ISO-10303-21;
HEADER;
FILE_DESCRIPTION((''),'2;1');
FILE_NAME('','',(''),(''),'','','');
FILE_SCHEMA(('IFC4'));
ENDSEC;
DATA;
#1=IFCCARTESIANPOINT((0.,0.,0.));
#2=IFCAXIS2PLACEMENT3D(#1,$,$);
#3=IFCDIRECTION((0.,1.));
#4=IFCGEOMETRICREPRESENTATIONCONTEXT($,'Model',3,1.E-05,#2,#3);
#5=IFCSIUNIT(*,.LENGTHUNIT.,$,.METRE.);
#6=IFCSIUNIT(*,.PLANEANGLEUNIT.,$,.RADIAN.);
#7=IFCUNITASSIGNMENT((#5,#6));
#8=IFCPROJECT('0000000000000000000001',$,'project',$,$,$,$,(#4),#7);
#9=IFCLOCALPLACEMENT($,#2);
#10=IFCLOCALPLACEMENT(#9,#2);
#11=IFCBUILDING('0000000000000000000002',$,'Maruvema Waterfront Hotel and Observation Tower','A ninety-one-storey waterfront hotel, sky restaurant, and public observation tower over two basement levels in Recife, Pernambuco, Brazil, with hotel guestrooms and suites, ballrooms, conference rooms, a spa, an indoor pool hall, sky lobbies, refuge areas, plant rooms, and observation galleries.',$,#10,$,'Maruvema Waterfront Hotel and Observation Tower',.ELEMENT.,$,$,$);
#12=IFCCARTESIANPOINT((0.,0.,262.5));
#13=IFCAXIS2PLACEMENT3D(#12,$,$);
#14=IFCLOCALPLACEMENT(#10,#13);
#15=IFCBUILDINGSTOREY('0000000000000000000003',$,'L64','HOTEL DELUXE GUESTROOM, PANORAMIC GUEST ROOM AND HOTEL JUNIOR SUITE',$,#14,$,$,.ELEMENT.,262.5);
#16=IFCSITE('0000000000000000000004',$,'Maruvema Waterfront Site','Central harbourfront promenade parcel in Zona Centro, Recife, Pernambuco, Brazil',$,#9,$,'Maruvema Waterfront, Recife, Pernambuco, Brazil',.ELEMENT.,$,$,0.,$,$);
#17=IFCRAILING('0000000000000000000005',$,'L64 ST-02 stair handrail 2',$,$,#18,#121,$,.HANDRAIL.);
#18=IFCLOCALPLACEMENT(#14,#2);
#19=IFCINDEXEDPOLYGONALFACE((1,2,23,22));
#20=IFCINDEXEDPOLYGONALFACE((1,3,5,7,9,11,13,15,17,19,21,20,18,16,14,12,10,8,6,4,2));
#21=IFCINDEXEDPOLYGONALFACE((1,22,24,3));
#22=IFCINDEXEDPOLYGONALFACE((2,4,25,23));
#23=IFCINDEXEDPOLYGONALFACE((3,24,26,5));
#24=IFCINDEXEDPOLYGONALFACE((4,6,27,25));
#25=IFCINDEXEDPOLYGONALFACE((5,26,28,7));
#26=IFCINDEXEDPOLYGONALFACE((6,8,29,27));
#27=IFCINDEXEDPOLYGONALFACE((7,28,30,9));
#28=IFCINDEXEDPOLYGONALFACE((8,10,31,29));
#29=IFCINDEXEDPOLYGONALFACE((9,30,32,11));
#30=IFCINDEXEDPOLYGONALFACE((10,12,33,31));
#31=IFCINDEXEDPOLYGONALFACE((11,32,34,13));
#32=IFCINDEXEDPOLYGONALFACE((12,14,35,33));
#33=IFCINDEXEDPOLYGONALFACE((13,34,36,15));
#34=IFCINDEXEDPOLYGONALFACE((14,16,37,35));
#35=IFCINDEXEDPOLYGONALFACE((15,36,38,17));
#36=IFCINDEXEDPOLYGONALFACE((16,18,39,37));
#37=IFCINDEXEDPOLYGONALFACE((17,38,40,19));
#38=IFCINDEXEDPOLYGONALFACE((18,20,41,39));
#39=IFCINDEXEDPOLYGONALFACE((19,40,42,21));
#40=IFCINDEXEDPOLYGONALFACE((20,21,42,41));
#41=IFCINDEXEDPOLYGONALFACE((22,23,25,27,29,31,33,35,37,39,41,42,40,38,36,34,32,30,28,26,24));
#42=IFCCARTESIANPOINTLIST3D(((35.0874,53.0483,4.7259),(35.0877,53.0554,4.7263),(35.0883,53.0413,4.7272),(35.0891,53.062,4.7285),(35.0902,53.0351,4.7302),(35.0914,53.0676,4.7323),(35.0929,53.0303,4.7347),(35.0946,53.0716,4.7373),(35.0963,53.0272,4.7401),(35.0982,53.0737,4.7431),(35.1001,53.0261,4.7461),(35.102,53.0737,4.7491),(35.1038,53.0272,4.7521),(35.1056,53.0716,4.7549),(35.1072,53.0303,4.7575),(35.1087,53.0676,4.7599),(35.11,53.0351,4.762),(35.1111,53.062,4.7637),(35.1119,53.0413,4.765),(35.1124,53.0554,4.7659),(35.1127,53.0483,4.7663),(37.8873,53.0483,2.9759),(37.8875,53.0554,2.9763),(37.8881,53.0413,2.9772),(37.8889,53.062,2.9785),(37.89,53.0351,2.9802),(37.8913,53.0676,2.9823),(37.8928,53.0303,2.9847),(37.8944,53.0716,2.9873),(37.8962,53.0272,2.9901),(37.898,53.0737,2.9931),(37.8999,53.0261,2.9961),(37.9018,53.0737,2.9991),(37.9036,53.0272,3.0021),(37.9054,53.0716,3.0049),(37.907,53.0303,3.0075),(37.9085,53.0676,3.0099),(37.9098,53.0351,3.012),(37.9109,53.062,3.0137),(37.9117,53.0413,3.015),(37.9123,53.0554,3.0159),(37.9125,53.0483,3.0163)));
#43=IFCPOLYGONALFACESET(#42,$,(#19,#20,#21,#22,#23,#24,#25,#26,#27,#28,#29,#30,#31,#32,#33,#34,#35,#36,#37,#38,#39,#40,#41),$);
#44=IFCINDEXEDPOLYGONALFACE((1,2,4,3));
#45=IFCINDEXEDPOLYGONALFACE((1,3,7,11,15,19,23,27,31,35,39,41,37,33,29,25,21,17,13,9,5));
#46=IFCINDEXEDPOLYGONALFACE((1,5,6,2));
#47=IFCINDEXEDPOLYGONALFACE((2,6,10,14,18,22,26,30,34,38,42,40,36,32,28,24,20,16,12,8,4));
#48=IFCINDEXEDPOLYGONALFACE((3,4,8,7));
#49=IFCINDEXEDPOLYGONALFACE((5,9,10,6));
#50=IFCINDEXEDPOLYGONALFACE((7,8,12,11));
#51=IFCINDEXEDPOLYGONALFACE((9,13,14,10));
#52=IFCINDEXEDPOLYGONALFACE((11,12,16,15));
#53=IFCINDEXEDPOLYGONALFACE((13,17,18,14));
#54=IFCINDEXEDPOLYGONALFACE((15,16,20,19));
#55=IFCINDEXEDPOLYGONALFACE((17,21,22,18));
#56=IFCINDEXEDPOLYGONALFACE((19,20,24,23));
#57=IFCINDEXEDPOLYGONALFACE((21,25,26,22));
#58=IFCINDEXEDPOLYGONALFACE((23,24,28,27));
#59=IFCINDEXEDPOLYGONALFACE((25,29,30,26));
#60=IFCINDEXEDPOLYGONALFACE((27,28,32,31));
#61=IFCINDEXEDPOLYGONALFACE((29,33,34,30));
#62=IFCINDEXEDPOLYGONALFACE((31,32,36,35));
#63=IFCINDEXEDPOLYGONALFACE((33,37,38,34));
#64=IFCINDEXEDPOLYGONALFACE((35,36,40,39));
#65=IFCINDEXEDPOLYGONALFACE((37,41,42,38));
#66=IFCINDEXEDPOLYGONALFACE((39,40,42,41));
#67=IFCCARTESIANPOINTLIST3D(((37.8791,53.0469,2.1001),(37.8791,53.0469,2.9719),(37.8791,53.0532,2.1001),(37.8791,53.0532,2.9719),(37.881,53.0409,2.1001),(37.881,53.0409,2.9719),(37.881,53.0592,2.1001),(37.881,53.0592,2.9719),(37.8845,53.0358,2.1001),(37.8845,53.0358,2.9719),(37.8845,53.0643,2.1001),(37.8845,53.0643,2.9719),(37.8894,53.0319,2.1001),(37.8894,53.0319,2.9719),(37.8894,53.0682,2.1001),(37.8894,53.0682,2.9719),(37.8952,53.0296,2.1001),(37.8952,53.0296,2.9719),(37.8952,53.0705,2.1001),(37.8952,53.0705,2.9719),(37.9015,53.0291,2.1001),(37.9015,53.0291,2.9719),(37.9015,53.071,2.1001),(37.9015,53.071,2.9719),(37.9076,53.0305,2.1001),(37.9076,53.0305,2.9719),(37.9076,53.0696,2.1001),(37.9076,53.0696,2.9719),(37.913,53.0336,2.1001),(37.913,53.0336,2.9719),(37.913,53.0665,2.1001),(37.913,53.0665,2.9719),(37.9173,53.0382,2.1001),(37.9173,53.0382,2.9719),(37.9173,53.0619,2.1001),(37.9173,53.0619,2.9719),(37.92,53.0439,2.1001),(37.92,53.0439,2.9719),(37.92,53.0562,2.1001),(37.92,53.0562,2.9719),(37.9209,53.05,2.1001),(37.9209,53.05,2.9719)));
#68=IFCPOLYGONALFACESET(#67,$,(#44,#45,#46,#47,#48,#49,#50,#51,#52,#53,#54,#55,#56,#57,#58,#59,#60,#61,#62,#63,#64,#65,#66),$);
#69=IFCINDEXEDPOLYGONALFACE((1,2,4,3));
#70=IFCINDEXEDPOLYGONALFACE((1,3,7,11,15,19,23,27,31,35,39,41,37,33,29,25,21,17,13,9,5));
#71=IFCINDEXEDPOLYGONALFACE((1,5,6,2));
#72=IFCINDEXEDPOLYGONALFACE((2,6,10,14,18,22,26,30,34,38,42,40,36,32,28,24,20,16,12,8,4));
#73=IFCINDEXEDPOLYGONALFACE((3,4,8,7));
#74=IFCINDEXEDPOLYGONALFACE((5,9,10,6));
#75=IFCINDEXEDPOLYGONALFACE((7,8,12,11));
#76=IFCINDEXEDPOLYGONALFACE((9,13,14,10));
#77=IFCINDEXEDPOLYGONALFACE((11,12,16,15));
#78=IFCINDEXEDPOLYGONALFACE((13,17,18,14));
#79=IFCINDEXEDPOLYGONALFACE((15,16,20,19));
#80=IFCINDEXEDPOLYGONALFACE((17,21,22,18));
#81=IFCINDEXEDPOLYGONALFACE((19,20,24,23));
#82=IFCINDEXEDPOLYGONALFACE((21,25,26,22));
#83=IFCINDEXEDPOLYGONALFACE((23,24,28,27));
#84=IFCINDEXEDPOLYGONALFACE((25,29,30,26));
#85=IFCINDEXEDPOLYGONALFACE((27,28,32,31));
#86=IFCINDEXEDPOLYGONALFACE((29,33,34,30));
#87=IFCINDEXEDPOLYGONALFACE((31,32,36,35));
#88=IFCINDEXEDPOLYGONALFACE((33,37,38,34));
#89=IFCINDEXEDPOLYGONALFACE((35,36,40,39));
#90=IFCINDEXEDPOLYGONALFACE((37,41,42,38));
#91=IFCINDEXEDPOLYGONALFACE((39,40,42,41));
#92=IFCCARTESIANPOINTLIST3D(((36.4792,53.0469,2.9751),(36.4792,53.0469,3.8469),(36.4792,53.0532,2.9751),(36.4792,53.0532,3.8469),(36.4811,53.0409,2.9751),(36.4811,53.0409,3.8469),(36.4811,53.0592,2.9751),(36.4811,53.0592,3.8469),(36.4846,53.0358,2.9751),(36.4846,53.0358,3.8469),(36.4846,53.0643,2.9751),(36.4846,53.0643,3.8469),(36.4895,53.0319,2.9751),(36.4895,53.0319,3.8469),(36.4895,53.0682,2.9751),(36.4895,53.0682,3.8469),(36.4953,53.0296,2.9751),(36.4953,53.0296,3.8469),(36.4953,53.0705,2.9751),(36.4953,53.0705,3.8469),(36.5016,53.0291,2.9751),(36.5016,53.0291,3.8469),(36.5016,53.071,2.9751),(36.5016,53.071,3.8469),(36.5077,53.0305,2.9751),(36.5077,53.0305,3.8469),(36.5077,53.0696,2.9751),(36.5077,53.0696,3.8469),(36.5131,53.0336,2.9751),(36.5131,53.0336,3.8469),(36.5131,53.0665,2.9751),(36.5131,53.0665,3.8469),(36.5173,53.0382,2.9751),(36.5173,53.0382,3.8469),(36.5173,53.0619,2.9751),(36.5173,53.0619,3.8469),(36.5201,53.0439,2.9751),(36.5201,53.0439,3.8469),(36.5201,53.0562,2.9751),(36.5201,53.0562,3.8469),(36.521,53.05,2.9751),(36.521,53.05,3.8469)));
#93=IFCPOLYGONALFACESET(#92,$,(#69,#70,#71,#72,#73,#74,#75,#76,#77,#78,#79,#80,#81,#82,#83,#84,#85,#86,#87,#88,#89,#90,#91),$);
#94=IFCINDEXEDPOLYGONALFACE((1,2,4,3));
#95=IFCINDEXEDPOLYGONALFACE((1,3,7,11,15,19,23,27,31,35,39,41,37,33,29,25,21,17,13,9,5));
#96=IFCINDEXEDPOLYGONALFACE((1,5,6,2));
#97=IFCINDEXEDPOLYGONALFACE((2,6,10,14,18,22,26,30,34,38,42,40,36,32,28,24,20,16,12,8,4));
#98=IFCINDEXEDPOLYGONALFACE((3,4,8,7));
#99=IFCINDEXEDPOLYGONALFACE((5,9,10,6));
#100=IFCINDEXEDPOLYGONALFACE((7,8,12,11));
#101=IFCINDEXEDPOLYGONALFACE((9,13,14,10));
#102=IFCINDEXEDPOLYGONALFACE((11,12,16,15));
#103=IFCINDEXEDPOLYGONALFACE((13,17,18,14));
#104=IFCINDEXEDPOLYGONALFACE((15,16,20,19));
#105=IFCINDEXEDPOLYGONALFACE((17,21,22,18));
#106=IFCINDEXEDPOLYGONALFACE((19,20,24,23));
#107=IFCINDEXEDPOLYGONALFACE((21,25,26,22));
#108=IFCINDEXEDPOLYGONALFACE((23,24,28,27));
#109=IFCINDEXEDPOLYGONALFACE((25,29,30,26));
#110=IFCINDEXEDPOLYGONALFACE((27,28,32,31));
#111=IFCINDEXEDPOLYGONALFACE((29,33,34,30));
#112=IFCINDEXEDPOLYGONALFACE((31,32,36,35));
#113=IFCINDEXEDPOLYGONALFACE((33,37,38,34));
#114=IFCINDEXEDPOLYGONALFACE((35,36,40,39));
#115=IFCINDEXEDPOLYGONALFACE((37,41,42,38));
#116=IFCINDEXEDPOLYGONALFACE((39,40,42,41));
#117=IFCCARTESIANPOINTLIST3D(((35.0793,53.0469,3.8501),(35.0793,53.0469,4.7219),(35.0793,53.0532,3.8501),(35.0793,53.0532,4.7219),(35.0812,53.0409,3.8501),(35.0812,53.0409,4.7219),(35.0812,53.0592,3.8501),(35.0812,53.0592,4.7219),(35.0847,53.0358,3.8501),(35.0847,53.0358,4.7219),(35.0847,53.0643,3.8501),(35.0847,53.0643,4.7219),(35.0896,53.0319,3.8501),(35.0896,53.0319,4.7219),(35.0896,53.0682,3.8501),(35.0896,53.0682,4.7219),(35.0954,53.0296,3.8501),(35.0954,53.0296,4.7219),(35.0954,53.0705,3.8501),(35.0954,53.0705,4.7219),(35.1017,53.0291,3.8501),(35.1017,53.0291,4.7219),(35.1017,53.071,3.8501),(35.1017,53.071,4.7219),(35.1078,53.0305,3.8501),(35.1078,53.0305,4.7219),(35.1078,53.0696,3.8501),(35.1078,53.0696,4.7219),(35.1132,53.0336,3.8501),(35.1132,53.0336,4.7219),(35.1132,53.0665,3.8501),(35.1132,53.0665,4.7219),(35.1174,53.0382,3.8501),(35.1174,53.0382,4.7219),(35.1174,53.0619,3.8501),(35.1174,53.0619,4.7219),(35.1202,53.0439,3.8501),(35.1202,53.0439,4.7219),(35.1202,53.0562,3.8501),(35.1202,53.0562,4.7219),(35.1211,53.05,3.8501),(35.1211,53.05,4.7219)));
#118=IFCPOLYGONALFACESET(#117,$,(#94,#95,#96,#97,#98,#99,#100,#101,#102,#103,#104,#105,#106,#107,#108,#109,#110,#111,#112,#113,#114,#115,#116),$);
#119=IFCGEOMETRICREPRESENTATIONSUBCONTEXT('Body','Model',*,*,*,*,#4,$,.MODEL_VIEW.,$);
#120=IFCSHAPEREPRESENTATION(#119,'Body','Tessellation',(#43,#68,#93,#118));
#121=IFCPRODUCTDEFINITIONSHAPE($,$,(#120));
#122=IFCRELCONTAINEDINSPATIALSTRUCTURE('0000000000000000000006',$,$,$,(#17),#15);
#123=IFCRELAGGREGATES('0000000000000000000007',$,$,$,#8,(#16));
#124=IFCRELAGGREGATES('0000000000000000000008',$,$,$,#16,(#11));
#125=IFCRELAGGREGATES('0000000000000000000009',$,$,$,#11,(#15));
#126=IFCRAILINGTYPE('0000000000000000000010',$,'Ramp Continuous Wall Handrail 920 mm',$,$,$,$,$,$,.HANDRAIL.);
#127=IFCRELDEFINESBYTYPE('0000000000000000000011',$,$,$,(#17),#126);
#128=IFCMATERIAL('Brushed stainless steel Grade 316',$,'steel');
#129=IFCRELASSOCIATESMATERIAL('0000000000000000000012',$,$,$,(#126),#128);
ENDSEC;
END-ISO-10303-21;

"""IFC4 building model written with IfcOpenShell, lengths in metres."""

from ifc_helpers import new_model, si_unit, direction, frame, origin, origin_2d, place, context, subcontext, project, spatial, circle, extrude, material, type_object, element, save


model = new_model("IFC4")

# Units and contexts
model_context = context("Model", 3, precision=1e-05, world=origin(), true_north=direction((0.0, 1.0)))
body_context = subcontext(model_context, "Body", "Model", "MODEL_VIEW")
ifc_project = project(units=[si_unit("LENGTHUNIT", "METRE"), si_unit("PLANEANGLEUNIT", "RADIAN")], contexts=[model_context])

# Site, building, storey
site_placement = place(None, origin())
site = spatial("IfcSite", under=ifc_project, at=site_placement, Name="Maruvema Waterfront Site", Description="Central harbourfront promenade parcel in Zona Centro, Recife, Pernambuco, Brazil", LongName="Maruvema Waterfront, Recife, Pernambuco, Brazil", CompositionType="ELEMENT", RefElevation=0.0)
building_placement = place(site_placement, origin())
building = spatial("IfcBuilding", under=site, at=building_placement, Name="Maruvema Waterfront Hotel and Observation Tower", Description="A ninety-one-storey waterfront hotel, sky restaurant, and public observation tower over two basement levels in Recife, Pernambuco, Brazil, with hotel guestrooms and suites, ballrooms, conference rooms, a spa, an indoor pool hall, sky lobbies, refuge areas, plant rooms, and observation galleries.", LongName="Maruvema Waterfront Hotel and Observation Tower", CompositionType="ELEMENT")
storey_placement = place(building_placement, frame((0.0, 0.0, 262.5)))
storey = spatial("IfcBuildingStorey", under=building, at=storey_placement, Name="L64", Description="HOTEL DELUXE GUESTROOM, PANORAMIC GUEST ROOM AND HOTEL JUNIOR SUITE", CompositionType="ELEMENT", Elevation=262.5)

# Railing
ifc_material_1 = material(Name="Brushed stainless steel Grade 316", Category="steel")
railing_type_1 = type_object("IfcRailingType", Name="Ramp Continuous Wall Handrail 920 mm", PredefinedType="HANDRAIL", material=ifc_material_1)
railing_1_placement = place(storey_placement, frame((37.8999, 53.05, 2.1001)))
element("IfcRailing", 1, at=railing_1_placement, inside=storey, type_object=railing_type_1, Name="L64 ST-02 stair handrail 2", PredefinedType="HANDRAIL", context=body_context, shape_type="SweptSolid", body=[
    extrude(circle(Radius=0.0239, at=origin_2d()), frame((0.0, 0.0, 0.896), z_axis=(-0.847982, 0.0, 0.530026), x_axis=(0.0, -1.0, 0.0)), (0.0, 0.0, 1.0), 3.3018),
    extrude(circle(Radius=0.021, at=origin_2d()), origin(), (0.0, 0.0, 1.0), 0.8718),
    extrude(circle(Radius=0.021, at=origin_2d()), frame((-1.3999, 0.0, 0.875)), (0.0, 0.0, 1.0), 0.8718),
    extrude(circle(Radius=0.021, at=origin_2d()), frame((-2.7998, 0.0, 1.75)), (0.0, 0.0, 1.0), 0.8718),
])

save(model, "model.ifc")
